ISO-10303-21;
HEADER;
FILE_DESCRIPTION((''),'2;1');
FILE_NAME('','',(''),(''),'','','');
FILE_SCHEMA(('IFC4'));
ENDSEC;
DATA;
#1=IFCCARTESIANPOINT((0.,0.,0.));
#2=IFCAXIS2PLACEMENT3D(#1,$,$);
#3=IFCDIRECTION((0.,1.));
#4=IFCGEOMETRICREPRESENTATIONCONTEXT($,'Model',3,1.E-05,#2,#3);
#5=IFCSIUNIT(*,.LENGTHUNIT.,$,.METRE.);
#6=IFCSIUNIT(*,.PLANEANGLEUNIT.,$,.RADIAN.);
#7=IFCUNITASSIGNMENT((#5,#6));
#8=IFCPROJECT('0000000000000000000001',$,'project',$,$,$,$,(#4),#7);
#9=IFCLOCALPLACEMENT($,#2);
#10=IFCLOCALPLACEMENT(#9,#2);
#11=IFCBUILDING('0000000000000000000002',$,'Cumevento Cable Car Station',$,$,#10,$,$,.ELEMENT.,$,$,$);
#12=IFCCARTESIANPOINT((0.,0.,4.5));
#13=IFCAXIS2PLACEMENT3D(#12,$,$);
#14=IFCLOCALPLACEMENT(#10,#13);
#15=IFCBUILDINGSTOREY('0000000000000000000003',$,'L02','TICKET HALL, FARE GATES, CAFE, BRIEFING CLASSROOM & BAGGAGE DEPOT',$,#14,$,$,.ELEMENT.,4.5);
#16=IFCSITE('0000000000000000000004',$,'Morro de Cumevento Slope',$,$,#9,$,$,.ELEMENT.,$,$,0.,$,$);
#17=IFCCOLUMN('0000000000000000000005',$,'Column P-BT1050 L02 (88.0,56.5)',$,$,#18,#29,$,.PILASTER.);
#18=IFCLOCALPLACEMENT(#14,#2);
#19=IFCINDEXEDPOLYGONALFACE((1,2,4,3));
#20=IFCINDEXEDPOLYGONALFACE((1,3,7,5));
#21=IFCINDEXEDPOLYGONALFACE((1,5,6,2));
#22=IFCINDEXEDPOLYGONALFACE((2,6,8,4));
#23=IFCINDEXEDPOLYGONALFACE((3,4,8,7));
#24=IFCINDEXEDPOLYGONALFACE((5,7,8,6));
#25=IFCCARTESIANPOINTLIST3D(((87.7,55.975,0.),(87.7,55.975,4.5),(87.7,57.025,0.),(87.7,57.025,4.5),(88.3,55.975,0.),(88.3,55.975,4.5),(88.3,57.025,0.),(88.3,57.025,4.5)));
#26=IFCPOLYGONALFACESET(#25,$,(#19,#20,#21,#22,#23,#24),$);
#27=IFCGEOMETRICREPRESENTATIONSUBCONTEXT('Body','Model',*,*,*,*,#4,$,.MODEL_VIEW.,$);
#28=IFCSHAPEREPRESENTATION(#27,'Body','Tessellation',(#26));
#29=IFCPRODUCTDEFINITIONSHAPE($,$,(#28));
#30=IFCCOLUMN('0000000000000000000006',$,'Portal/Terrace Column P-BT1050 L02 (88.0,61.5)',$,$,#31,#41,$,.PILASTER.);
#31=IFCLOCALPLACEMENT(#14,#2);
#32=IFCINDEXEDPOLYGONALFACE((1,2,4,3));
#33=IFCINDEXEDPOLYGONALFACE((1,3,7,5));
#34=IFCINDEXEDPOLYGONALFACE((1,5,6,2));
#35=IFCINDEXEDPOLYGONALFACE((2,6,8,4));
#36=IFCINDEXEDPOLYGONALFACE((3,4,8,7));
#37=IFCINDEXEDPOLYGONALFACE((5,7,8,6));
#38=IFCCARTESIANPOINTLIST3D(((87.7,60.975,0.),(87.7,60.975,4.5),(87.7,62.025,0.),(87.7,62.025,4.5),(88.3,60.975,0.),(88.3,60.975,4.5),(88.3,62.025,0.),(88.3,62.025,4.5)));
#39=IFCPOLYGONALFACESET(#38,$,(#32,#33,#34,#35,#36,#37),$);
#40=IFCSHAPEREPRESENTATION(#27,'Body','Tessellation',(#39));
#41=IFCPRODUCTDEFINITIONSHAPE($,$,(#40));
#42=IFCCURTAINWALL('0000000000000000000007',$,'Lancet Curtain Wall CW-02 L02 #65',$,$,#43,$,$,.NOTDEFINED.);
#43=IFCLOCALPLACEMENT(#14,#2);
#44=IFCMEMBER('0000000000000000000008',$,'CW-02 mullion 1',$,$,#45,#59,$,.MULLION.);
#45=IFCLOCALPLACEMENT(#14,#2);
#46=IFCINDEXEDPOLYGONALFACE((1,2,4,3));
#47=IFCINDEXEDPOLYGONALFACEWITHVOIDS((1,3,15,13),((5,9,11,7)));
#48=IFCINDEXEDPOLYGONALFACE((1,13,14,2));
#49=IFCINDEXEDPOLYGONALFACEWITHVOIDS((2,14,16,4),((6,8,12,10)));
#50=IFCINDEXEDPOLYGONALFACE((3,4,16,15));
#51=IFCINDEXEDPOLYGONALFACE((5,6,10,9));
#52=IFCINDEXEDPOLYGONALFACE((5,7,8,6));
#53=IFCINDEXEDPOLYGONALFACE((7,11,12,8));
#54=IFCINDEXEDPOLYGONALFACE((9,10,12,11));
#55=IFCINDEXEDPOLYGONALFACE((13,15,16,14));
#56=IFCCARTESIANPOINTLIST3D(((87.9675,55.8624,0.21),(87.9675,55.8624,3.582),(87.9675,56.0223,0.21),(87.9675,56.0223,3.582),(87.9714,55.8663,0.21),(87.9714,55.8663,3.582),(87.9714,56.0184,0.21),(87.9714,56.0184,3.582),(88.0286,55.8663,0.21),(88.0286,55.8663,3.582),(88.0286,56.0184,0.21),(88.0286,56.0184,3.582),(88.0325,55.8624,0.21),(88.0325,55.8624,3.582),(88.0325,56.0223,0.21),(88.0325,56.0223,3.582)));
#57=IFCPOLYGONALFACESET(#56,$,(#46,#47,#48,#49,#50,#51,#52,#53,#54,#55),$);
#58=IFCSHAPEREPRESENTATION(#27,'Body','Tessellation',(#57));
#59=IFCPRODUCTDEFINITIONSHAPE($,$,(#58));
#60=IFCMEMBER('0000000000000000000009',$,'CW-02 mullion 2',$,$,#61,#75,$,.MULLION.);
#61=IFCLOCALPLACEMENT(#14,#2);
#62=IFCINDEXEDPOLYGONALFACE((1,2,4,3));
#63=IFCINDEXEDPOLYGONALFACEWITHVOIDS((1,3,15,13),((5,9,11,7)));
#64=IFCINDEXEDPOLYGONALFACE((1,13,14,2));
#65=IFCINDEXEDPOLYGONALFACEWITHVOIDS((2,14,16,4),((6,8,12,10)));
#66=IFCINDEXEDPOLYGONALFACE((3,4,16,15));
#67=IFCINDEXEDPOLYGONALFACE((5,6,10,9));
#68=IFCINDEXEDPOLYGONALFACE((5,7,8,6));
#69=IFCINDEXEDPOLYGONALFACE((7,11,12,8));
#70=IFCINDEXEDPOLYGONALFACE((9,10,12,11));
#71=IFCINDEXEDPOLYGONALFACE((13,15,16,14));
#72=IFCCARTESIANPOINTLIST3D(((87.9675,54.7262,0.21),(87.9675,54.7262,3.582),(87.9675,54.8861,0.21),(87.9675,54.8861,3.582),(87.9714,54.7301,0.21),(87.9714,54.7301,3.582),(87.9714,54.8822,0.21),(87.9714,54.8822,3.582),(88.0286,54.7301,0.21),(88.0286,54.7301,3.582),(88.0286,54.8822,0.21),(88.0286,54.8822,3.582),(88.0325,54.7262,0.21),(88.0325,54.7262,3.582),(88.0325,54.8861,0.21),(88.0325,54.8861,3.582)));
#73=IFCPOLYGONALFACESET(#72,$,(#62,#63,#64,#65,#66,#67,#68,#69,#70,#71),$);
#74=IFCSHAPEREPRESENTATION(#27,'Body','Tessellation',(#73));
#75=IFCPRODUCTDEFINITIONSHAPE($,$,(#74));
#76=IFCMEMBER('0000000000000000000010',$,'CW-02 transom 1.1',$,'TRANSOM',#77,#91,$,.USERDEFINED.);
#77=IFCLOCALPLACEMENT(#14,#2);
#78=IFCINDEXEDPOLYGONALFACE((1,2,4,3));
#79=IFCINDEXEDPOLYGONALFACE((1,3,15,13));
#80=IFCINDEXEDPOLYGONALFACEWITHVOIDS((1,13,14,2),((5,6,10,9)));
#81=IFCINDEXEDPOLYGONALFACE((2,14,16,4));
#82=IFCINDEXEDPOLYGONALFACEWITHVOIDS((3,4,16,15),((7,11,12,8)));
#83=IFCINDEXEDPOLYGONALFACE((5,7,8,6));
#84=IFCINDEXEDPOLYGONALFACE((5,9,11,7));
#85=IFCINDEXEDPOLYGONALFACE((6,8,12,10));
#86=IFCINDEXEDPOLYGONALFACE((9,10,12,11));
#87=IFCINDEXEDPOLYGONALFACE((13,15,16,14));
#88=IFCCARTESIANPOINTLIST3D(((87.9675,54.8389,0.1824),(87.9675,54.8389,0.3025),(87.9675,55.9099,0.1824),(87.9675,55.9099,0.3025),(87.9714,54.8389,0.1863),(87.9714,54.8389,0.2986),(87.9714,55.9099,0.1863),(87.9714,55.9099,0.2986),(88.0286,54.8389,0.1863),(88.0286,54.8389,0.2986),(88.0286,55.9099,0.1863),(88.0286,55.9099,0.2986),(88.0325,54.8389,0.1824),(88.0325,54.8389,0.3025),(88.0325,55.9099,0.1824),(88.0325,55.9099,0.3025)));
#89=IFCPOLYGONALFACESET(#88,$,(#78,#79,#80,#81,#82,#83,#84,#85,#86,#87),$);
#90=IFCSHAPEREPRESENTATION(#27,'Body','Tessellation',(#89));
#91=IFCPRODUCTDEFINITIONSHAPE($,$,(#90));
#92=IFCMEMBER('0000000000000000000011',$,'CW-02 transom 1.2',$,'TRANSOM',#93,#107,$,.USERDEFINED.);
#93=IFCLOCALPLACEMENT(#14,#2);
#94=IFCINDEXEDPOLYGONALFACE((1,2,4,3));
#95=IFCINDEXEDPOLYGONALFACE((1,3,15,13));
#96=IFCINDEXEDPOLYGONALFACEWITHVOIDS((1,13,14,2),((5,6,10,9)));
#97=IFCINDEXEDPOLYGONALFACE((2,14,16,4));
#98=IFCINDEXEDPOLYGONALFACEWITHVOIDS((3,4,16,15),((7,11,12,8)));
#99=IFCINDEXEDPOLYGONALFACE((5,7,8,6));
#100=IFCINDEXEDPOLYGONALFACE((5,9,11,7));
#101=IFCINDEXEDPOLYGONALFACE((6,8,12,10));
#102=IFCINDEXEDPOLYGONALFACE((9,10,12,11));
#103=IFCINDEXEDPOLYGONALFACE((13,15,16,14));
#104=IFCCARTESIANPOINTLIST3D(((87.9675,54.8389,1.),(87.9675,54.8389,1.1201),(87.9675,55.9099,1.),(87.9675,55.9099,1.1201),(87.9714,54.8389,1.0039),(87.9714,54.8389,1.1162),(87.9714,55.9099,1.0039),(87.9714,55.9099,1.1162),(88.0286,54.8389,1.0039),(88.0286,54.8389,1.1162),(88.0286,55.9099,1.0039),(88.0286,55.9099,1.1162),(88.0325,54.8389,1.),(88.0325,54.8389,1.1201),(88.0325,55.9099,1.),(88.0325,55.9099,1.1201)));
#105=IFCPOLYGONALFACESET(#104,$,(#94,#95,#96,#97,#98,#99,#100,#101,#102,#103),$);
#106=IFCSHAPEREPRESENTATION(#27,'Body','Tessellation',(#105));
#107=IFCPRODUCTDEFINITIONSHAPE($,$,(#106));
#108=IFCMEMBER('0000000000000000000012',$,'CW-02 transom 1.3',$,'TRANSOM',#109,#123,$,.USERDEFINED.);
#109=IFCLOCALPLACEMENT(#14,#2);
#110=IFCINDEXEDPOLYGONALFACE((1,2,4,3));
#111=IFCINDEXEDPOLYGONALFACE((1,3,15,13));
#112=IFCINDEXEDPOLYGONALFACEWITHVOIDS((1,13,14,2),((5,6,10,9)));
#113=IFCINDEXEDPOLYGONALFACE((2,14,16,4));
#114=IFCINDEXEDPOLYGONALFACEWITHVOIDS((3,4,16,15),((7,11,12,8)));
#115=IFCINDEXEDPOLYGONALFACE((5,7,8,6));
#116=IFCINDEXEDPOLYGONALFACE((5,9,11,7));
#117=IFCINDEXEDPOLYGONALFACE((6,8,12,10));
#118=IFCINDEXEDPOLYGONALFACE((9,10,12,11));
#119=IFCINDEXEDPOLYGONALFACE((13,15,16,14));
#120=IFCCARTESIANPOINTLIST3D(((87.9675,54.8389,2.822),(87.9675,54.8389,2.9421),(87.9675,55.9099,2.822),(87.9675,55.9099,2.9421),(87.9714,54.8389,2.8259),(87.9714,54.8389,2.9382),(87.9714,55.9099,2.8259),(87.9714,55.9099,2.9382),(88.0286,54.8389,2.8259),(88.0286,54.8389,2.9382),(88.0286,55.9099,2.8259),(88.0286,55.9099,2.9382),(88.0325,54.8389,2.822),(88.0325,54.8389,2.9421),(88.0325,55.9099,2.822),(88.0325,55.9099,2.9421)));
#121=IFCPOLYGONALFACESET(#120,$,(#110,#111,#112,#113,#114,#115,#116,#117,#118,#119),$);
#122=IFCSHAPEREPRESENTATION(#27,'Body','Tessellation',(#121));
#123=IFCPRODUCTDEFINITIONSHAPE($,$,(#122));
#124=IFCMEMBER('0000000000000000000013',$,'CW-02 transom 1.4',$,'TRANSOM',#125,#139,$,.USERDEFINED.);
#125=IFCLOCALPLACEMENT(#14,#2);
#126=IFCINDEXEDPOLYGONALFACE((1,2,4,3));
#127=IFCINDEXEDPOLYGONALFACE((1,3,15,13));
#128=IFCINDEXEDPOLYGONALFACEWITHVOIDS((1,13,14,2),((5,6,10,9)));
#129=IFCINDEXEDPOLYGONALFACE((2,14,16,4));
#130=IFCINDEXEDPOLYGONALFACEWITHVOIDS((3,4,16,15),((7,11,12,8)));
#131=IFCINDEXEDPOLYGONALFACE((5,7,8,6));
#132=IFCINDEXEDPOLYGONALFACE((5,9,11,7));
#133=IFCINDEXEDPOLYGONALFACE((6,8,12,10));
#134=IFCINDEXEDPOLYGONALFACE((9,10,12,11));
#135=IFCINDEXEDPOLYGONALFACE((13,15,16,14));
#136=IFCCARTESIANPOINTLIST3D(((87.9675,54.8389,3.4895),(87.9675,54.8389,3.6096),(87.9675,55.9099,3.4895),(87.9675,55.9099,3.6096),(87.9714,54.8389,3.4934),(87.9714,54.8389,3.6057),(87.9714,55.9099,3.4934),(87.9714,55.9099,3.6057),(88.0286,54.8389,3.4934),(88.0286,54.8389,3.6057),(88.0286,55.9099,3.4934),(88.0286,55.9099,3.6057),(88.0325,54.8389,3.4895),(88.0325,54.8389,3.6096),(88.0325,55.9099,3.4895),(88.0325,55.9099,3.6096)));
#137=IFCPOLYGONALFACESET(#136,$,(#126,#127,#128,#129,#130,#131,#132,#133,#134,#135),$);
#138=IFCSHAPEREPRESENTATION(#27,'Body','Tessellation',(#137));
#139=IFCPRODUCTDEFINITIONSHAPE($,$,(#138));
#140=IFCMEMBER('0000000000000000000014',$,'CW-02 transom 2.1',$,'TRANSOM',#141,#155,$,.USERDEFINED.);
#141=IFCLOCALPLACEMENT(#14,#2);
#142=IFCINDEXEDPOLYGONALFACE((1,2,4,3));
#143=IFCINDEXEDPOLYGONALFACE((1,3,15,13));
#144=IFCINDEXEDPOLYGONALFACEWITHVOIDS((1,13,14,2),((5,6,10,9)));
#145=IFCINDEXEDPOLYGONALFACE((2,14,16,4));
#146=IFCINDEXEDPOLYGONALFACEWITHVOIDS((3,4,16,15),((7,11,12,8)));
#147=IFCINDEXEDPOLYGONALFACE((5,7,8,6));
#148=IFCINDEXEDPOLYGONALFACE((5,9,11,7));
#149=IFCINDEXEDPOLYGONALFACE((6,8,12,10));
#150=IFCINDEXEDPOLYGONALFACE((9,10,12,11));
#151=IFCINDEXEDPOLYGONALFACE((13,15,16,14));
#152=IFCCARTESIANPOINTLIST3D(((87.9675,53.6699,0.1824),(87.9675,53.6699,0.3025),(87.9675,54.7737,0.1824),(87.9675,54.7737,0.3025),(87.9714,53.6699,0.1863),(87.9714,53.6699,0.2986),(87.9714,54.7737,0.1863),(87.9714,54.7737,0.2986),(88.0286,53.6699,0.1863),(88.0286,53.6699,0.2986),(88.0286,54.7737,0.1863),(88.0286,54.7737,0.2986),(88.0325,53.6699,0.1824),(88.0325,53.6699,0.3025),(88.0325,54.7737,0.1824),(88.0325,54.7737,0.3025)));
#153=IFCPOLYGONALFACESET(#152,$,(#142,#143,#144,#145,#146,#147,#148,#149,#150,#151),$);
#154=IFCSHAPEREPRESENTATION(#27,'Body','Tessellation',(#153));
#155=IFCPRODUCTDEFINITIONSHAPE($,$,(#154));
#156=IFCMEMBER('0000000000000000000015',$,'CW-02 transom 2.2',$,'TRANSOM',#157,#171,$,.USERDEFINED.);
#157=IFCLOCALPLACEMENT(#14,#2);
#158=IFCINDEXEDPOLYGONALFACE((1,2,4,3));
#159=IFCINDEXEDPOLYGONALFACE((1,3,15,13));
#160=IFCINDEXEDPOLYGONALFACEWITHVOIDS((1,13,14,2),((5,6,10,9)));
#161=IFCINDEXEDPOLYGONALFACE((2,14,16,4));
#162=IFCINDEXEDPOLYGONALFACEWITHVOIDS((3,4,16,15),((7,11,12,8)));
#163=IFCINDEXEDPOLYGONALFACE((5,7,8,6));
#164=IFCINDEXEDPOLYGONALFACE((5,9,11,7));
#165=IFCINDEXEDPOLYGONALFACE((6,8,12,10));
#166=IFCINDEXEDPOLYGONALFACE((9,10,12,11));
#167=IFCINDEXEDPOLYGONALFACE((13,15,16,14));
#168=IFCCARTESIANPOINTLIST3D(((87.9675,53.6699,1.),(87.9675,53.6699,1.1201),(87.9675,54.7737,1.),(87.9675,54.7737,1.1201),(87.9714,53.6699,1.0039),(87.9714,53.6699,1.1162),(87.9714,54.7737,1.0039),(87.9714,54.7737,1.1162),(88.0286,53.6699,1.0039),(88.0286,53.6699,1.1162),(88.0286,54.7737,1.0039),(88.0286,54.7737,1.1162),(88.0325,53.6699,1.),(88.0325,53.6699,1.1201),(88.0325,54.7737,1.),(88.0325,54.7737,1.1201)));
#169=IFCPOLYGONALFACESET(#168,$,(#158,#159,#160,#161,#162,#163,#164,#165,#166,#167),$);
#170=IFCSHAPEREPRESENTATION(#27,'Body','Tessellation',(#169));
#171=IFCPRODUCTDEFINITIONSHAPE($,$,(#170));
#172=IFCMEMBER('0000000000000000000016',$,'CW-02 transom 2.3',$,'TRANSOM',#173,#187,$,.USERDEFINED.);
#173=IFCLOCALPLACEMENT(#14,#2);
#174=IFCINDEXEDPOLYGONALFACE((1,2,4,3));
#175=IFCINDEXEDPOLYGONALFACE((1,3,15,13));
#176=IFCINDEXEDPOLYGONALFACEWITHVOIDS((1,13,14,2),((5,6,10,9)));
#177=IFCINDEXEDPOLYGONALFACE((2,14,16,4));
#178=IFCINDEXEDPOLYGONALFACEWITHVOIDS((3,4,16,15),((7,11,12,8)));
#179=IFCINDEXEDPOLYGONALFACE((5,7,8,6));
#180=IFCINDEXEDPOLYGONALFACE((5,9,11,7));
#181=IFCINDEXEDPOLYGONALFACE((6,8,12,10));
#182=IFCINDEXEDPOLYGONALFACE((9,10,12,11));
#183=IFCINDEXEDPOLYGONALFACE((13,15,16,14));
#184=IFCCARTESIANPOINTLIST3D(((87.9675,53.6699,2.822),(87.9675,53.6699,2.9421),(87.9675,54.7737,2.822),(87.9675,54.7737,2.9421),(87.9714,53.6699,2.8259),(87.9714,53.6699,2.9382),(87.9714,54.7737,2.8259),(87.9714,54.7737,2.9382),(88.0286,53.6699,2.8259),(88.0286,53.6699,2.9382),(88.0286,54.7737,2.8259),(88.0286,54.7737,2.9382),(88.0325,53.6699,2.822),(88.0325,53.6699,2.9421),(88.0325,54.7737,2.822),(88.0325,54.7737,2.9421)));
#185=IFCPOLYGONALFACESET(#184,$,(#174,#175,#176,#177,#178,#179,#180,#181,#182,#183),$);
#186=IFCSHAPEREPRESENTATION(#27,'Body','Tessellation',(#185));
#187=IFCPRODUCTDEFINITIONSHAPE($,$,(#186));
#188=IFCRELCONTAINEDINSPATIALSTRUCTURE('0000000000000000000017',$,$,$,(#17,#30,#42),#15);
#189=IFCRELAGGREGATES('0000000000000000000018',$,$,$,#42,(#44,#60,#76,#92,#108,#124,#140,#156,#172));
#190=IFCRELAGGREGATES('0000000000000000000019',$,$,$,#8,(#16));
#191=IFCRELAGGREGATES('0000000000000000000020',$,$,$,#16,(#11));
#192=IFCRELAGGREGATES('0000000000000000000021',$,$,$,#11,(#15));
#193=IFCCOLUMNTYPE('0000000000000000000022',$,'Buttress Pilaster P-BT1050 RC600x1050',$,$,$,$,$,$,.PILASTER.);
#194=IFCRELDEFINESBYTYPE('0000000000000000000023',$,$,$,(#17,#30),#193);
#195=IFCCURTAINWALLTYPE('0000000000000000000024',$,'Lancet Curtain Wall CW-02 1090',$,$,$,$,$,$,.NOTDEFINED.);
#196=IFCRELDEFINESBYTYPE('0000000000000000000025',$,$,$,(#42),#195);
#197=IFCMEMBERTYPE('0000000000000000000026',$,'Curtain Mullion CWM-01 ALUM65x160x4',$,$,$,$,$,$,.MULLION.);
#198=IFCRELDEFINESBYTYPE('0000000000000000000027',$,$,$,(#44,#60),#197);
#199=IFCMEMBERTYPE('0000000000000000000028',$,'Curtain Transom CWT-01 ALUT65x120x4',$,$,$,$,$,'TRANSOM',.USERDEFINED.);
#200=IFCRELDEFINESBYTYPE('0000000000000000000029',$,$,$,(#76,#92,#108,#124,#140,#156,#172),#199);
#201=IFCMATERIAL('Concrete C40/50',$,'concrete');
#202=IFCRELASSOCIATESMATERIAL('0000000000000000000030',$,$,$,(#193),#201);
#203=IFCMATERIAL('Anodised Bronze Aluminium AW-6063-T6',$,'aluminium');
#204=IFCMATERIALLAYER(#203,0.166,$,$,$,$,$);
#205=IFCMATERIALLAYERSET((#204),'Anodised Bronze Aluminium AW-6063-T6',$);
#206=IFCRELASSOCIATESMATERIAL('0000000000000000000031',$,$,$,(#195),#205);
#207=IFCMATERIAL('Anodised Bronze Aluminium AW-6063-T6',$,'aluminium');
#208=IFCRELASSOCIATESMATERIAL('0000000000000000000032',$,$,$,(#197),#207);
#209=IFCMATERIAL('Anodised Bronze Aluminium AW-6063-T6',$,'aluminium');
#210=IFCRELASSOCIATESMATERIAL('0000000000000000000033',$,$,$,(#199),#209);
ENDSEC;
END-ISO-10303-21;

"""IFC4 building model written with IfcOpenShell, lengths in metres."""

from ifc_helpers import new_model, si_unit, direction, frame, origin, origin_2d, place, context, subcontext, project, spatial, rectangle, hollow_rectangle, extrude, material, layer, layer_set, material_profile, profile_set, type_object, element, aggregate, save


model = new_model("IFC4")

# Units and contexts
model_context = context("Model", 3, precision=1e-05, world=origin(), true_north=direction((0.0, 1.0)))
body_context = subcontext(model_context, "Body", "Model", "MODEL_VIEW")
ifc_project = project(units=[si_unit("LENGTHUNIT", "METRE"), si_unit("PLANEANGLEUNIT", "RADIAN")], contexts=[model_context])

# Site, building, storey
site_placement = place(None, origin())
site = spatial("IfcSite", under=ifc_project, at=site_placement, Name="Morro de Cumevento Slope", CompositionType="ELEMENT", RefElevation=0.0)
building_placement = place(site_placement, origin())
building = spatial("IfcBuilding", under=site, at=building_placement, Name="Cumevento Cable Car Station", CompositionType="ELEMENT")
storey_placement = place(building_placement, frame((0.0, 0.0, 4.5)))
storey = spatial("IfcBuildingStorey", under=building, at=storey_placement, Name="L02", Description="TICKET HALL, FARE GATES, CAFE, BRIEFING CLASSROOM & BAGGAGE DEPOT", CompositionType="ELEMENT", Elevation=4.5)

# Columns
ifc_material_1 = material(Name="Concrete C40/50", Category="concrete")
ifc_material_profile_1 = material_profile(ifc_material_1, rectangle(XDim=0.6001, YDim=1.05, at=origin_2d()), Name="RC600x1050")
ifc_profile_set_1 = profile_set([ifc_material_profile_1], Name="Concrete C40/50")
column_type = type_object("IfcColumnType", Name="Buttress Pilaster P-BT1050 RC600x1050", PredefinedType="PILASTER", material=ifc_profile_set_1)
for number, where, z_axis, x_axis, name in (
    (1, (88.0, 56.5, 0.0), (0.0, 0.0, 1.0), (1.0, 0.0, 0.0), "Column P-BT1050 L02 (88.0,56.5)"),
    (2, (88.0, 61.5, 0.0), (0.0, 0.0, 1.0), (1.0, 0.0, 0.0), "Portal/Terrace Column P-BT1050 L02 (88.0,61.5)"),
):
    element("IfcColumn", number, at=place(storey_placement, frame(where, z_axis=z_axis, x_axis=x_axis)), inside=storey, type_object=column_type, Name=name, PredefinedType="PILASTER", context=body_context, shape_type="SweptSolid", body=[
        extrude(rectangle(XDim=0.6001, YDim=1.05, at=origin_2d()), origin(), (0.0, 0.0, 1.0), 4.5),
    ])

# Curtain wall, members
ifc_material_2 = material(Name="Anodised Bronze Aluminium AW-6063-T6", Category="aluminium")
ifc_layer_1 = layer(ifc_material_2, 0.166)
ifc_layer_set_1 = layer_set([ifc_layer_1], Name="Anodised Bronze Aluminium AW-6063-T6")
curtain_wall_type = type_object("IfcCurtainWallType", Name="Lancet Curtain Wall CW-02 1090", PredefinedType="NOTDEFINED", material=ifc_layer_set_1)
curtain_wall_placement = place(storey_placement, origin())
curtain_wall = element("IfcCurtainWall", 3, at=curtain_wall_placement, inside=storey, type_object=curtain_wall_type, Name="Lancet Curtain Wall CW-02 L02 #65", PredefinedType="NOTDEFINED")
ifc_material_3 = material(Name="Anodised Bronze Aluminium AW-6063-T6", Category="aluminium")
ifc_material_profile_2 = material_profile(ifc_material_3, hollow_rectangle(XDim=0.0649, YDim=0.1599, WallThickness=0.0039, at=origin_2d()), Name="ALUM65x160x4")
ifc_profile_set_2 = profile_set([ifc_material_profile_2], Name="Anodised Bronze Aluminium AW-6063-T6")
member_type_1 = type_object("IfcMemberType", Name="Curtain Mullion CWM-01 ALUM65x160x4", PredefinedType="MULLION", material=ifc_profile_set_2)
member_1_placement = place(storey_placement, frame((88.0, 55.9424, 0.21), z_axis=(0.0, 0.0, 1.0), x_axis=(1.0, 0.0, 0.0)))
member_1 = element("IfcMember", 4, at=member_1_placement, type_object=member_type_1, Name="CW-02 mullion 1", PredefinedType="MULLION", context=body_context, shape_type="SweptSolid", body=[
    extrude(hollow_rectangle(XDim=0.0649, YDim=0.1599, WallThickness=0.0039, at=origin_2d()), origin(), (0.0, 0.0, 1.0), 3.3721),
])
member_2_placement = place(storey_placement, frame((88.0, 54.8062, 0.21), z_axis=(0.0, 0.0, 1.0), x_axis=(1.0, 0.0, 0.0)))
member_2 = element("IfcMember", 5, at=member_2_placement, type_object=member_type_1, Name="CW-02 mullion 2", PredefinedType="MULLION", context=body_context, shape_type="SweptSolid", body=[
    extrude(hollow_rectangle(XDim=0.0649, YDim=0.1599, WallThickness=0.0039, at=origin_2d()), origin(), (0.0, 0.0, 1.0), 3.3721),
])
ifc_material_4 = material(Name="Anodised Bronze Aluminium AW-6063-T6", Category="aluminium")
ifc_material_profile_3 = material_profile(ifc_material_4, hollow_rectangle(XDim=0.0649, YDim=0.1201, WallThickness=0.0039, at=origin_2d()), Name="ALUT65x120x4")
ifc_profile_set_3 = profile_set([ifc_material_profile_3], Name="Anodised Bronze Aluminium AW-6063-T6")
member_type_2 = type_object("IfcMemberType", Name="Curtain Transom CWT-01 ALUT65x120x4", ElementType="TRANSOM", PredefinedType="USERDEFINED", material=ifc_profile_set_3)
member_3_placement = place(storey_placement, frame((88.0, 55.9099, 0.2424), z_axis=(0.0, -1.0, 0.0), x_axis=(1.0, 0.0, 0.0)))
member_3 = element("IfcMember", 6, at=member_3_placement, type_object=member_type_2, Name="CW-02 transom 1.1", ObjectType="TRANSOM", PredefinedType="USERDEFINED", context=body_context, shape_type="SweptSolid", body=[
    extrude(hollow_rectangle(XDim=0.0649, YDim=0.1201, WallThickness=0.0039, at=origin_2d()), origin(), (0.0, 0.0, 1.0), 1.071),
])
member_4_placement = place(storey_placement, frame((88.0, 55.9099, 1.0601), z_axis=(0.0, -1.0, 0.0), x_axis=(1.0, 0.0, 0.0)))
member_4 = element("IfcMember", 7, at=member_4_placement, type_object=member_type_2, Name="CW-02 transom 1.2", ObjectType="TRANSOM", PredefinedType="USERDEFINED", context=body_context, shape_type="SweptSolid", body=[
    extrude(hollow_rectangle(XDim=0.0649, YDim=0.1201, WallThickness=0.0039, at=origin_2d()), origin(), (0.0, 0.0, 1.0), 1.071),
])
member_5_placement = place(storey_placement, frame((88.0, 55.9099, 2.8821), z_axis=(0.0, -1.0, 0.0), x_axis=(1.0, 0.0, 0.0)))
member_5 = element("IfcMember", 8, at=member_5_placement, type_object=member_type_2, Name="CW-02 transom 1.3", ObjectType="TRANSOM", PredefinedType="USERDEFINED", context=body_context, shape_type="SweptSolid", body=[
    extrude(hollow_rectangle(XDim=0.0649, YDim=0.1201, WallThickness=0.0039, at=origin_2d()), origin(), (0.0, 0.0, 1.0), 1.071),
])
member_6_placement = place(storey_placement, frame((88.0, 55.9099, 3.5496), z_axis=(0.0, -1.0, 0.0), x_axis=(1.0, 0.0, 0.0)))
member_6 = element("IfcMember", 9, at=member_6_placement, type_object=member_type_2, Name="CW-02 transom 1.4", ObjectType="TRANSOM", PredefinedType="USERDEFINED", context=body_context, shape_type="SweptSolid", body=[
    extrude(hollow_rectangle(XDim=0.0649, YDim=0.1201, WallThickness=0.0039, at=origin_2d()), origin(), (0.0, 0.0, 1.0), 1.071),
])
member_7_placement = place(storey_placement, frame((88.0, 54.7737, 0.2424), z_axis=(0.0, -1.0, 0.0), x_axis=(1.0, 0.0, 0.0)))
member_7 = element("IfcMember", 10, at=member_7_placement, type_object=member_type_2, Name="CW-02 transom 2.1", ObjectType="TRANSOM", PredefinedType="USERDEFINED", context=body_context, shape_type="SweptSolid", body=[
    extrude(hollow_rectangle(XDim=0.0649, YDim=0.1201, WallThickness=0.0039, at=origin_2d()), origin(), (0.0, 0.0, 1.0), 1.1038),
])
member_8_placement = place(storey_placement, frame((88.0, 54.7737, 1.0601), z_axis=(0.0, -1.0, 0.0), x_axis=(1.0, 0.0, 0.0)))
member_8 = element("IfcMember", 11, at=member_8_placement, type_object=member_type_2, Name="CW-02 transom 2.2", ObjectType="TRANSOM", PredefinedType="USERDEFINED", context=body_context, shape_type="SweptSolid", body=[
    extrude(hollow_rectangle(XDim=0.0649, YDim=0.1201, WallThickness=0.0039, at=origin_2d()), origin(), (0.0, 0.0, 1.0), 1.1038),
])
member_9_placement = place(storey_placement, frame((88.0, 54.7737, 2.8821), z_axis=(0.0, -1.0, 0.0), x_axis=(1.0, 0.0, 0.0)))
member_9 = element("IfcMember", 12, at=member_9_placement, type_object=member_type_2, Name="CW-02 transom 2.3", ObjectType="TRANSOM", PredefinedType="USERDEFINED", context=body_context, shape_type="SweptSolid", body=[
    extrude(hollow_rectangle(XDim=0.0649, YDim=0.1201, WallThickness=0.0039, at=origin_2d()), origin(), (0.0, 0.0, 1.0), 1.1038),
])

aggregate(curtain_wall, [member_1, member_2, member_3, member_4, member_5, member_6, member_7, member_8, member_9])

save(model, "model.ifc")
